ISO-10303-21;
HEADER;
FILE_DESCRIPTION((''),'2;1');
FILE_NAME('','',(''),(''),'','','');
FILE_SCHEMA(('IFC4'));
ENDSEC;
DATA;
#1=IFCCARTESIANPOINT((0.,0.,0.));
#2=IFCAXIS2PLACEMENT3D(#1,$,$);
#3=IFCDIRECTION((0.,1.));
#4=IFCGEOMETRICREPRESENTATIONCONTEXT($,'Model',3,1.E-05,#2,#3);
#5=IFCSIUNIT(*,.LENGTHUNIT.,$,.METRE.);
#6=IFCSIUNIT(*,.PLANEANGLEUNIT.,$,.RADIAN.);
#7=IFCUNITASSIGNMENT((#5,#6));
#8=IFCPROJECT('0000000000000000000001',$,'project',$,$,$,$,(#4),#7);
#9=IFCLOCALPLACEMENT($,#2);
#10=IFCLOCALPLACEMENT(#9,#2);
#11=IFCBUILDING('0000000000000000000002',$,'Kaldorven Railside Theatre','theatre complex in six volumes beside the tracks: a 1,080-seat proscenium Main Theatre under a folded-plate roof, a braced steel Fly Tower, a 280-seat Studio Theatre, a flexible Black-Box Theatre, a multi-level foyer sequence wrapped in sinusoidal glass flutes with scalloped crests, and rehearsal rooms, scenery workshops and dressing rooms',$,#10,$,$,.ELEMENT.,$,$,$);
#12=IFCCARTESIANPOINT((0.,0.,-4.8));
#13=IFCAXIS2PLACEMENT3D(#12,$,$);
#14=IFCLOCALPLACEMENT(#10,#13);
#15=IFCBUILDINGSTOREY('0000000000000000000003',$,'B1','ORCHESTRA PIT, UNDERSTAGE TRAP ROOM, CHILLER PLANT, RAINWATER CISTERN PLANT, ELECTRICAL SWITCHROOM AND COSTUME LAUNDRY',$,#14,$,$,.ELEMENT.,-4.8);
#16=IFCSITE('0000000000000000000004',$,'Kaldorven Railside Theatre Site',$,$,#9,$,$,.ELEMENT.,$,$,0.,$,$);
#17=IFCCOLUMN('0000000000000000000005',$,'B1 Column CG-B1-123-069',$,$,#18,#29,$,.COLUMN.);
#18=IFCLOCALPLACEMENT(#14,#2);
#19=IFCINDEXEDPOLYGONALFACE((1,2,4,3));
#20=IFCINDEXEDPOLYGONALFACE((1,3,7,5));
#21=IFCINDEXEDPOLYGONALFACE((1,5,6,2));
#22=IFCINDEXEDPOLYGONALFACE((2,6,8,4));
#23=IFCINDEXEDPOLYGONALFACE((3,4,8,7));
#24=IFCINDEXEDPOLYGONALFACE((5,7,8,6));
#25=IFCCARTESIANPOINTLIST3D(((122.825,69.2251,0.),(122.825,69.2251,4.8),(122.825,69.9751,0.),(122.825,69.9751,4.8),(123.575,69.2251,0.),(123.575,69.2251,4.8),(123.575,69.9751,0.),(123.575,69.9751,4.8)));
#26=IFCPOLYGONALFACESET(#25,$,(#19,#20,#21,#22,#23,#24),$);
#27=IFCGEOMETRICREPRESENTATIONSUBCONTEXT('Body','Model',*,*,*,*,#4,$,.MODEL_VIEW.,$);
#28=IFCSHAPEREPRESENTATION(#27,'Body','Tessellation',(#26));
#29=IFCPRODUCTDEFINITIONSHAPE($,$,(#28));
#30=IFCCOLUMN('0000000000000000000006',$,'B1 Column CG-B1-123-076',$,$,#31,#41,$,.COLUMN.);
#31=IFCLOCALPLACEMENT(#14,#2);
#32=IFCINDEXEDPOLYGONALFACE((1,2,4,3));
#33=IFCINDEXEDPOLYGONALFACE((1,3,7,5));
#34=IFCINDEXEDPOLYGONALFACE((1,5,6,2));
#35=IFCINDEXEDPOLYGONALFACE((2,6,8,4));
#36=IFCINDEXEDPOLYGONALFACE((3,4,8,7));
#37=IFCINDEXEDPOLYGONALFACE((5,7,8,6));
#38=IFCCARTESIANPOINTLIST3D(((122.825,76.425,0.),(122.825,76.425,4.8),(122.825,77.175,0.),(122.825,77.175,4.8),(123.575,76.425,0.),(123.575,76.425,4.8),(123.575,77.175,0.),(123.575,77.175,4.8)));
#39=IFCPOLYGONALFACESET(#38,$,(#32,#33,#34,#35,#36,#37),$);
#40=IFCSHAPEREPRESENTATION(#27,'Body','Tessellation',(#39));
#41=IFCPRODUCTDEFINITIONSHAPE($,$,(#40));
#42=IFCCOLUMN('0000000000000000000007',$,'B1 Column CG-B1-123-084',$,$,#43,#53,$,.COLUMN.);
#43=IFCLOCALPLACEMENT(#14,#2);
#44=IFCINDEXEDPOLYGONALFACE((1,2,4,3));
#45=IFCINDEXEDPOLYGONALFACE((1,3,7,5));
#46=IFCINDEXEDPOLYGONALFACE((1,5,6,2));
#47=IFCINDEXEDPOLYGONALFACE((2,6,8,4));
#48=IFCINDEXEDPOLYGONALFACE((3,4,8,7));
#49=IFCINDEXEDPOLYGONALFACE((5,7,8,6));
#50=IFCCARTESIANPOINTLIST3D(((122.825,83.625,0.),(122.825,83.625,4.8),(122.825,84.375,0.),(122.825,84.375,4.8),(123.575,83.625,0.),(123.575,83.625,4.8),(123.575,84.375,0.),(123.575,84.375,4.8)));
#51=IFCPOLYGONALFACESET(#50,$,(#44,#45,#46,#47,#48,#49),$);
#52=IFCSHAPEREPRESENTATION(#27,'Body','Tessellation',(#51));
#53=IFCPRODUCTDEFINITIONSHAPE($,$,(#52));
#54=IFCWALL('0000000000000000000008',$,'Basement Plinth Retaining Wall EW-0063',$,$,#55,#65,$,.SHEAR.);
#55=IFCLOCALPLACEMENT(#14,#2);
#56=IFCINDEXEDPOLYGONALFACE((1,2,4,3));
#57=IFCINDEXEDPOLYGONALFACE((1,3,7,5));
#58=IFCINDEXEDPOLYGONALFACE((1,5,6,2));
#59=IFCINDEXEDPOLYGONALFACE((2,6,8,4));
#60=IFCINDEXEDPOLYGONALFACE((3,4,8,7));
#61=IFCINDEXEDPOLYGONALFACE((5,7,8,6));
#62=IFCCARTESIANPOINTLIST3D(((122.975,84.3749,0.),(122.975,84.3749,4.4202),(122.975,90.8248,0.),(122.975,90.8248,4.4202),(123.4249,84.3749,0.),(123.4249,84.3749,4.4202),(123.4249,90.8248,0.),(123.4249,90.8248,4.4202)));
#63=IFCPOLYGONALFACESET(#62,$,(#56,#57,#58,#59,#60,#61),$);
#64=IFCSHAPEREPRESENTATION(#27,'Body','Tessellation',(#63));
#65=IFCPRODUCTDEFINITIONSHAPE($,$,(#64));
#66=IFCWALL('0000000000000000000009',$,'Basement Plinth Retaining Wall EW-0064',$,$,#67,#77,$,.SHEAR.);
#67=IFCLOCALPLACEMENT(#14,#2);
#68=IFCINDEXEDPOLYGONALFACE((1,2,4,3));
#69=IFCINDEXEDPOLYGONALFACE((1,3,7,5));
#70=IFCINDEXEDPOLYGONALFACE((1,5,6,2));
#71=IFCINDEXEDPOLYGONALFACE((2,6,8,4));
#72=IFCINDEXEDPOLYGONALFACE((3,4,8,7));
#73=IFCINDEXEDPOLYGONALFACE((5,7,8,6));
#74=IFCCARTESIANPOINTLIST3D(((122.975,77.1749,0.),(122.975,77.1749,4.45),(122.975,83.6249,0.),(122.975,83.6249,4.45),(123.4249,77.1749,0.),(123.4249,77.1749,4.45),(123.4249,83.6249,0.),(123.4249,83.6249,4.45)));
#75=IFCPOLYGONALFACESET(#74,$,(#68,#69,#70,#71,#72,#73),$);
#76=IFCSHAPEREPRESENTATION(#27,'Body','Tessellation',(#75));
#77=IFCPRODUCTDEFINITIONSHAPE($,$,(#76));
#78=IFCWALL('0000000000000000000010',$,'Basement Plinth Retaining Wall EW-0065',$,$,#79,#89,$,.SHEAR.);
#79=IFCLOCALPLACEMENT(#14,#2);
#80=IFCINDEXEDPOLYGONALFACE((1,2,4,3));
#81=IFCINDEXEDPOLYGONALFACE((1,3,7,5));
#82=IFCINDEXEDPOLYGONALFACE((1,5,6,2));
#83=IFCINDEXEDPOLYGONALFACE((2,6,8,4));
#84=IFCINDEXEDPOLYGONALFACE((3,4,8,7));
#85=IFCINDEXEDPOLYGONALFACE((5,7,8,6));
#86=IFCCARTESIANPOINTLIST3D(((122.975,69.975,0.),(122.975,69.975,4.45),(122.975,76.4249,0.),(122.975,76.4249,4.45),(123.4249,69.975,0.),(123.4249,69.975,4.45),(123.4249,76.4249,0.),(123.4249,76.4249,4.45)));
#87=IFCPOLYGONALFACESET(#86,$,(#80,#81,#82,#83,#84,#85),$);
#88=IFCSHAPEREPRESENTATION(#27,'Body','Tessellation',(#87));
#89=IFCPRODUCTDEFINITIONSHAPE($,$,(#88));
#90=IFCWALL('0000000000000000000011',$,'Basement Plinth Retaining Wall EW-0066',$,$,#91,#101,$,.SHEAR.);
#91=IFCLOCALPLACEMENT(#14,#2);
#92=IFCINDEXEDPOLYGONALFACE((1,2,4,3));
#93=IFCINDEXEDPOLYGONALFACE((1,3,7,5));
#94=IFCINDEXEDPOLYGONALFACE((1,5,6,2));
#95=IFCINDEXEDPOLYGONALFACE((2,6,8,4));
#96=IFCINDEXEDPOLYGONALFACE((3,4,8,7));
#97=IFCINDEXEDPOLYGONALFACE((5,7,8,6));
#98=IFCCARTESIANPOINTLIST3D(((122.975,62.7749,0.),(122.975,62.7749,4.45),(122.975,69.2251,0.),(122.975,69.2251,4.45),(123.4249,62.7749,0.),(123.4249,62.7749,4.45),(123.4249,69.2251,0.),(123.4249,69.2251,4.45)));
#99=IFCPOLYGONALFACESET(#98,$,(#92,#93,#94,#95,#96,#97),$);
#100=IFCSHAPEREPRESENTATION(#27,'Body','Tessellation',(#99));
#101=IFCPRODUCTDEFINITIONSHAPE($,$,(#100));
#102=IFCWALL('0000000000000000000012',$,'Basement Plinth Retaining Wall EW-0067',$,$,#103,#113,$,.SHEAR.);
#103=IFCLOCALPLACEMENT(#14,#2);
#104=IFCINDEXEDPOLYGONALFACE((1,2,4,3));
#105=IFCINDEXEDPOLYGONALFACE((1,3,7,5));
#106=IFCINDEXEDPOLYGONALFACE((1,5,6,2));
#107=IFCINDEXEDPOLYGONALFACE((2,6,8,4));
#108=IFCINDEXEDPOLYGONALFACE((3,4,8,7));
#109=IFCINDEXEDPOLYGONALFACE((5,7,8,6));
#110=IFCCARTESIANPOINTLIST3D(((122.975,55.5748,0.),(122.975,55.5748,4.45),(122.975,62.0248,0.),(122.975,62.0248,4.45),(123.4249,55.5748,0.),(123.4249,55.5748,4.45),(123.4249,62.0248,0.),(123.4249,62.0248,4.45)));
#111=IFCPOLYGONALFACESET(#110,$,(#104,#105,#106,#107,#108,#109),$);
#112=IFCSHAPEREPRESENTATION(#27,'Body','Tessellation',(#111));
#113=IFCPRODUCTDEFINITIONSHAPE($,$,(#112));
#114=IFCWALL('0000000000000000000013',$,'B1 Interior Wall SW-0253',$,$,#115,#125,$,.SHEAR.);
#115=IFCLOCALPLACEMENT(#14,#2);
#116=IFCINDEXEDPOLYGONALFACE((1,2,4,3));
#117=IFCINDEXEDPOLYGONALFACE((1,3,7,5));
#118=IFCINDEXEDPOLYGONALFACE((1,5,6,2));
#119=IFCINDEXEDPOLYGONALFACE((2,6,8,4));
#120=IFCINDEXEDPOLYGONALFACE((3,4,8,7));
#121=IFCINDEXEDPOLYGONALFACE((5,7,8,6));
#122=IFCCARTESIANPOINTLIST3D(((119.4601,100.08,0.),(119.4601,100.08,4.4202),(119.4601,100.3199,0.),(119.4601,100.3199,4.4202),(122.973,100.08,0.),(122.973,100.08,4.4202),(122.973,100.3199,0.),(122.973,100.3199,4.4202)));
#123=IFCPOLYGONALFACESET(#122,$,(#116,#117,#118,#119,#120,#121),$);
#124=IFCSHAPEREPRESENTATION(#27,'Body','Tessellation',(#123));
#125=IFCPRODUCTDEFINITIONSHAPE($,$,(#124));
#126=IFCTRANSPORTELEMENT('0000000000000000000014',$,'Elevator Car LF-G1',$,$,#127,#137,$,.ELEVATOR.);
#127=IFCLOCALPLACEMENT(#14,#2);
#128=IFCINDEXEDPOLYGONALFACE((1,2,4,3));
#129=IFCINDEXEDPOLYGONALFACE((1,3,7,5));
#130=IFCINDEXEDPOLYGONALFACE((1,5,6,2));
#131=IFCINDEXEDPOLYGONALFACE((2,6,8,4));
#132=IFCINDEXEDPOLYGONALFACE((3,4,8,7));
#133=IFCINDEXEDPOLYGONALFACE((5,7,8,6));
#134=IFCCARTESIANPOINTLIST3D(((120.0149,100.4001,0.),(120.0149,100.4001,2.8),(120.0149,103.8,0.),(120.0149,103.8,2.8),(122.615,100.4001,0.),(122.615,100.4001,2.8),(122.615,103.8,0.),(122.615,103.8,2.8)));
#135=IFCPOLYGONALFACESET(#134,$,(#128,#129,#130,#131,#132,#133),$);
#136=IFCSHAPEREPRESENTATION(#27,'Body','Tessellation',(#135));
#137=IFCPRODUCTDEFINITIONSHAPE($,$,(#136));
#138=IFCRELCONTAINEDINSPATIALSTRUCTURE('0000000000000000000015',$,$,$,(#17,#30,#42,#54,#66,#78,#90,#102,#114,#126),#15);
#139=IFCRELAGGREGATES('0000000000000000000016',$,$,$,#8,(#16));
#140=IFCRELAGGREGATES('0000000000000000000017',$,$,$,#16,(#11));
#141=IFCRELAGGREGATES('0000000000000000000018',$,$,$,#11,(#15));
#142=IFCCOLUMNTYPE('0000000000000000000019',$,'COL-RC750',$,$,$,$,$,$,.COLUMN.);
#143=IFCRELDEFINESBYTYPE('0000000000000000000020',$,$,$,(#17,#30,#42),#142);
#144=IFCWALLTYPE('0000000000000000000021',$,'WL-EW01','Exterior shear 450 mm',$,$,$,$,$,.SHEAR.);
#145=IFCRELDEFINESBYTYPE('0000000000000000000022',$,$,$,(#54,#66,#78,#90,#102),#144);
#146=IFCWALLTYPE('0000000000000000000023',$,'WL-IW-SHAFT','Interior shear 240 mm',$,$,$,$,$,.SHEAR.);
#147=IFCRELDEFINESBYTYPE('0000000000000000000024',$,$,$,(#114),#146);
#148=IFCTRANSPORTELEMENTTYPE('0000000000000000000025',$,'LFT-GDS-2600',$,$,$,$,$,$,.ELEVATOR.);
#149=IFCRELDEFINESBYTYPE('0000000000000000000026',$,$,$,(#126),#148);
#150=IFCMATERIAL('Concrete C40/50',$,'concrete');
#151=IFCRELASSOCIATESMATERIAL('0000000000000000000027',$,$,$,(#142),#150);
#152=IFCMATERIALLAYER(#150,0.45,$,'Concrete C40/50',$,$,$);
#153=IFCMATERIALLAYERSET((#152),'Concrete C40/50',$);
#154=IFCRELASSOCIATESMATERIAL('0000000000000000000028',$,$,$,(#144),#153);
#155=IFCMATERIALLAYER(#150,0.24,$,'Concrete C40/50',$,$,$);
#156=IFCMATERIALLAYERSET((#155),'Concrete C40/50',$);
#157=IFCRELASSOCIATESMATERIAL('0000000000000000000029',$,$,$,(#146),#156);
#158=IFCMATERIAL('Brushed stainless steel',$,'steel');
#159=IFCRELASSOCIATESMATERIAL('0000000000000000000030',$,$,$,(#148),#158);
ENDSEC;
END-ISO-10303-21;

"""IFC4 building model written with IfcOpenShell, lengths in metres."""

from ifc_helpers import new_model, si_unit, direction, frame, frame_2d, origin, origin_2d, place, context, subcontext, project, spatial, rectangle, extrude, material, layer, layer_set, material_profile, profile_set, type_object, element, save


model = new_model("IFC4")

# Units and contexts
model_context = context("Model", 3, precision=1e-05, world=origin(), true_north=direction((0.0, 1.0)))
body_context = subcontext(model_context, "Body", "Model", "MODEL_VIEW")
ifc_project = project(units=[si_unit("LENGTHUNIT", "METRE"), si_unit("PLANEANGLEUNIT", "RADIAN")], contexts=[model_context])

# Site, building, storey
site_placement = place(None, origin())
site = spatial("IfcSite", under=ifc_project, at=site_placement, Name="Kaldorven Railside Theatre Site", CompositionType="ELEMENT", RefElevation=0.0)
building_placement = place(site_placement, origin())
building = spatial("IfcBuilding", under=site, at=building_placement, Name="Kaldorven Railside Theatre", Description="theatre complex in six volumes beside the tracks: a 1,080-seat proscenium Main Theatre under a folded-plate roof, a braced steel Fly Tower, a 280-seat Studio Theatre, a flexible Black-Box Theatre, a multi-level foyer sequence wrapped in sinusoidal glass flutes with scalloped crests, and rehearsal rooms, scenery workshops and dressing rooms", CompositionType="ELEMENT")
storey_placement = place(building_placement, frame((0.0, 0.0, -4.8)))
storey = spatial("IfcBuildingStorey", under=building, at=storey_placement, Name="B1", Description="ORCHESTRA PIT, UNDERSTAGE TRAP ROOM, CHILLER PLANT, RAINWATER CISTERN PLANT, ELECTRICAL SWITCHROOM AND COSTUME LAUNDRY", CompositionType="ELEMENT", Elevation=-4.8)

# Shared definitions
ifc_material_1 = material(Name="Concrete C40/50", Category="concrete")

# Columns
ifc_material_profile_1 = material_profile(ifc_material_1, rectangle(XDim=0.75, YDim=0.75, at=origin_2d()), Name="RC 750x750")
ifc_profile_set_1 = profile_set([ifc_material_profile_1], Name="Concrete C40/50")
column_type = type_object("IfcColumnType", Name="COL-RC750", PredefinedType="COLUMN", material=ifc_profile_set_1)
for number, where, z_axis, x_axis, name in (
    (1, (123.2, 69.6001, 0.0), (0.0, 0.0, 1.0), (1.0, 0.0, 0.0), "B1 Column CG-B1-123-069"),
    (2, (123.2, 76.8, 0.0), (0.0, 0.0, 1.0), (1.0, 0.0, 0.0), "B1 Column CG-B1-123-076"),
    (3, (123.2, 84.0, 0.0), (0.0, 0.0, 1.0), (0.0, 1.0, 0.0), "B1 Column CG-B1-123-084"),
):
    element("IfcColumn", number, at=place(storey_placement, frame(where, z_axis=z_axis, x_axis=x_axis)), inside=storey, type_object=column_type, Name=name, PredefinedType="COLUMN", context=body_context, shape_type="SweptSolid", body=[
        extrude(rectangle(XDim=0.75, YDim=0.75, at=origin_2d()), origin(), (0.0, 0.0, 1.0), 4.8),
    ])

# Walls
ifc_layer_1 = layer(ifc_material_1, 0.45, Name="Concrete C40/50")
ifc_layer_set_1 = layer_set([ifc_layer_1], Name="Concrete C40/50")
wall_type_1 = type_object("IfcWallType", Name="WL-EW01", Description="Exterior shear 450 mm", PredefinedType="SHEAR", material=ifc_layer_set_1)
wall_1_placement = place(storey_placement, frame((123.2, 90.825, 0.0), z_axis=(0.0, 0.0, 1.0), x_axis=(0.0, -1.0, 0.0)))
element("IfcWall", 4, at=wall_1_placement, inside=storey, type_object=wall_type_1, Name="Basement Plinth Retaining Wall EW-0063", PredefinedType="SHEAR", context=body_context, shape_type="SweptSolid", body=[
    extrude(rectangle(XDim=6.45, YDim=0.45, at=frame_2d((3.2251, 0.0))), origin(), (0.0, 0.0, 1.0), 4.4202),
])
for number, where, z_axis, x_axis, name in (
    (5, (123.2, 83.625, 0.0), (0.0, 0.0, 1.0), (0.0, -1.0, 0.0), "Basement Plinth Retaining Wall EW-0064"),
    (6, (123.2, 76.425, 0.0), (0.0, 0.0, 1.0), (0.0, -1.0, 0.0), "Basement Plinth Retaining Wall EW-0065"),
):
    element("IfcWall", number, at=place(storey_placement, frame(where, z_axis=z_axis, x_axis=x_axis)), inside=storey, type_object=wall_type_1, Name=name, PredefinedType="SHEAR", context=body_context, shape_type="SweptSolid", body=[
        extrude(rectangle(XDim=6.45, YDim=0.45, at=frame_2d((3.2251, 0.0))), origin(), (0.0, 0.0, 1.0), 4.45),
    ])
wall_2_placement = place(storey_placement, frame((123.2, 69.2251, 0.0), z_axis=(0.0, 0.0, 1.0), x_axis=(0.0, -1.0, 0.0)))
element("IfcWall", 7, at=wall_2_placement, inside=storey, type_object=wall_type_1, Name="Basement Plinth Retaining Wall EW-0066", PredefinedType="SHEAR", context=body_context, shape_type="SweptSolid", body=[
    extrude(rectangle(XDim=6.4502, YDim=0.45, at=frame_2d((3.2251, 0.0))), origin(), (0.0, 0.0, 1.0), 4.45),
])
wall_3_placement = place(storey_placement, frame((123.2, 62.0249, 0.0), z_axis=(0.0, 0.0, 1.0), x_axis=(0.0, -1.0, 0.0)))
element("IfcWall", 8, at=wall_3_placement, inside=storey, type_object=wall_type_1, Name="Basement Plinth Retaining Wall EW-0067", PredefinedType="SHEAR", context=body_context, shape_type="SweptSolid", body=[
    extrude(rectangle(XDim=6.45, YDim=0.45, at=frame_2d((3.2251, 0.0))), origin(), (0.0, 0.0, 1.0), 4.45),
])
ifc_layer_2 = layer(ifc_material_1, 0.24, Name="Concrete C40/50")
ifc_layer_set_2 = layer_set([ifc_layer_2], Name="Concrete C40/50")
wall_type_2 = type_object("IfcWallType", Name="WL-IW-SHAFT", Description="Interior shear 240 mm", PredefinedType="SHEAR", material=ifc_layer_set_2)
wall_4_placement = place(storey_placement, frame((122.9729, 100.2, 0.0), z_axis=(0.0, 0.0, 1.0), x_axis=(-1.0, 0.0, 0.0)))
element("IfcWall", 9, at=wall_4_placement, inside=storey, type_object=wall_type_2, Name="B1 Interior Wall SW-0253", PredefinedType="SHEAR", context=body_context, shape_type="SweptSolid", body=[
    extrude(rectangle(XDim=3.5129, YDim=0.24, at=frame_2d((1.7563, 0.0))), origin(), (0.0, 0.0, 1.0), 4.4202),
])

# Transport element
ifc_material_2 = material(Name="Brushed stainless steel", Category="steel")
transport_element_type = type_object("IfcTransportElementType", Name="LFT-GDS-2600", PredefinedType="ELEVATOR", material=ifc_material_2)
transport_element_placement = place(storey_placement, frame((121.3149, 102.1001, 0.0), z_axis=(0.0, 0.0, 1.0), x_axis=(1.0, 0.0, 0.0)))
element("IfcTransportElement", 10, at=transport_element_placement, inside=storey, type_object=transport_element_type, Name="Elevator Car LF-G1", PredefinedType="ELEVATOR", context=body_context, shape_type="SweptSolid", body=[
    extrude(rectangle(XDim=2.6001, YDim=3.3999, at=origin_2d()), origin(), (0.0, 0.0, 1.0), 2.8),
])

save(model, "model.ifc")
